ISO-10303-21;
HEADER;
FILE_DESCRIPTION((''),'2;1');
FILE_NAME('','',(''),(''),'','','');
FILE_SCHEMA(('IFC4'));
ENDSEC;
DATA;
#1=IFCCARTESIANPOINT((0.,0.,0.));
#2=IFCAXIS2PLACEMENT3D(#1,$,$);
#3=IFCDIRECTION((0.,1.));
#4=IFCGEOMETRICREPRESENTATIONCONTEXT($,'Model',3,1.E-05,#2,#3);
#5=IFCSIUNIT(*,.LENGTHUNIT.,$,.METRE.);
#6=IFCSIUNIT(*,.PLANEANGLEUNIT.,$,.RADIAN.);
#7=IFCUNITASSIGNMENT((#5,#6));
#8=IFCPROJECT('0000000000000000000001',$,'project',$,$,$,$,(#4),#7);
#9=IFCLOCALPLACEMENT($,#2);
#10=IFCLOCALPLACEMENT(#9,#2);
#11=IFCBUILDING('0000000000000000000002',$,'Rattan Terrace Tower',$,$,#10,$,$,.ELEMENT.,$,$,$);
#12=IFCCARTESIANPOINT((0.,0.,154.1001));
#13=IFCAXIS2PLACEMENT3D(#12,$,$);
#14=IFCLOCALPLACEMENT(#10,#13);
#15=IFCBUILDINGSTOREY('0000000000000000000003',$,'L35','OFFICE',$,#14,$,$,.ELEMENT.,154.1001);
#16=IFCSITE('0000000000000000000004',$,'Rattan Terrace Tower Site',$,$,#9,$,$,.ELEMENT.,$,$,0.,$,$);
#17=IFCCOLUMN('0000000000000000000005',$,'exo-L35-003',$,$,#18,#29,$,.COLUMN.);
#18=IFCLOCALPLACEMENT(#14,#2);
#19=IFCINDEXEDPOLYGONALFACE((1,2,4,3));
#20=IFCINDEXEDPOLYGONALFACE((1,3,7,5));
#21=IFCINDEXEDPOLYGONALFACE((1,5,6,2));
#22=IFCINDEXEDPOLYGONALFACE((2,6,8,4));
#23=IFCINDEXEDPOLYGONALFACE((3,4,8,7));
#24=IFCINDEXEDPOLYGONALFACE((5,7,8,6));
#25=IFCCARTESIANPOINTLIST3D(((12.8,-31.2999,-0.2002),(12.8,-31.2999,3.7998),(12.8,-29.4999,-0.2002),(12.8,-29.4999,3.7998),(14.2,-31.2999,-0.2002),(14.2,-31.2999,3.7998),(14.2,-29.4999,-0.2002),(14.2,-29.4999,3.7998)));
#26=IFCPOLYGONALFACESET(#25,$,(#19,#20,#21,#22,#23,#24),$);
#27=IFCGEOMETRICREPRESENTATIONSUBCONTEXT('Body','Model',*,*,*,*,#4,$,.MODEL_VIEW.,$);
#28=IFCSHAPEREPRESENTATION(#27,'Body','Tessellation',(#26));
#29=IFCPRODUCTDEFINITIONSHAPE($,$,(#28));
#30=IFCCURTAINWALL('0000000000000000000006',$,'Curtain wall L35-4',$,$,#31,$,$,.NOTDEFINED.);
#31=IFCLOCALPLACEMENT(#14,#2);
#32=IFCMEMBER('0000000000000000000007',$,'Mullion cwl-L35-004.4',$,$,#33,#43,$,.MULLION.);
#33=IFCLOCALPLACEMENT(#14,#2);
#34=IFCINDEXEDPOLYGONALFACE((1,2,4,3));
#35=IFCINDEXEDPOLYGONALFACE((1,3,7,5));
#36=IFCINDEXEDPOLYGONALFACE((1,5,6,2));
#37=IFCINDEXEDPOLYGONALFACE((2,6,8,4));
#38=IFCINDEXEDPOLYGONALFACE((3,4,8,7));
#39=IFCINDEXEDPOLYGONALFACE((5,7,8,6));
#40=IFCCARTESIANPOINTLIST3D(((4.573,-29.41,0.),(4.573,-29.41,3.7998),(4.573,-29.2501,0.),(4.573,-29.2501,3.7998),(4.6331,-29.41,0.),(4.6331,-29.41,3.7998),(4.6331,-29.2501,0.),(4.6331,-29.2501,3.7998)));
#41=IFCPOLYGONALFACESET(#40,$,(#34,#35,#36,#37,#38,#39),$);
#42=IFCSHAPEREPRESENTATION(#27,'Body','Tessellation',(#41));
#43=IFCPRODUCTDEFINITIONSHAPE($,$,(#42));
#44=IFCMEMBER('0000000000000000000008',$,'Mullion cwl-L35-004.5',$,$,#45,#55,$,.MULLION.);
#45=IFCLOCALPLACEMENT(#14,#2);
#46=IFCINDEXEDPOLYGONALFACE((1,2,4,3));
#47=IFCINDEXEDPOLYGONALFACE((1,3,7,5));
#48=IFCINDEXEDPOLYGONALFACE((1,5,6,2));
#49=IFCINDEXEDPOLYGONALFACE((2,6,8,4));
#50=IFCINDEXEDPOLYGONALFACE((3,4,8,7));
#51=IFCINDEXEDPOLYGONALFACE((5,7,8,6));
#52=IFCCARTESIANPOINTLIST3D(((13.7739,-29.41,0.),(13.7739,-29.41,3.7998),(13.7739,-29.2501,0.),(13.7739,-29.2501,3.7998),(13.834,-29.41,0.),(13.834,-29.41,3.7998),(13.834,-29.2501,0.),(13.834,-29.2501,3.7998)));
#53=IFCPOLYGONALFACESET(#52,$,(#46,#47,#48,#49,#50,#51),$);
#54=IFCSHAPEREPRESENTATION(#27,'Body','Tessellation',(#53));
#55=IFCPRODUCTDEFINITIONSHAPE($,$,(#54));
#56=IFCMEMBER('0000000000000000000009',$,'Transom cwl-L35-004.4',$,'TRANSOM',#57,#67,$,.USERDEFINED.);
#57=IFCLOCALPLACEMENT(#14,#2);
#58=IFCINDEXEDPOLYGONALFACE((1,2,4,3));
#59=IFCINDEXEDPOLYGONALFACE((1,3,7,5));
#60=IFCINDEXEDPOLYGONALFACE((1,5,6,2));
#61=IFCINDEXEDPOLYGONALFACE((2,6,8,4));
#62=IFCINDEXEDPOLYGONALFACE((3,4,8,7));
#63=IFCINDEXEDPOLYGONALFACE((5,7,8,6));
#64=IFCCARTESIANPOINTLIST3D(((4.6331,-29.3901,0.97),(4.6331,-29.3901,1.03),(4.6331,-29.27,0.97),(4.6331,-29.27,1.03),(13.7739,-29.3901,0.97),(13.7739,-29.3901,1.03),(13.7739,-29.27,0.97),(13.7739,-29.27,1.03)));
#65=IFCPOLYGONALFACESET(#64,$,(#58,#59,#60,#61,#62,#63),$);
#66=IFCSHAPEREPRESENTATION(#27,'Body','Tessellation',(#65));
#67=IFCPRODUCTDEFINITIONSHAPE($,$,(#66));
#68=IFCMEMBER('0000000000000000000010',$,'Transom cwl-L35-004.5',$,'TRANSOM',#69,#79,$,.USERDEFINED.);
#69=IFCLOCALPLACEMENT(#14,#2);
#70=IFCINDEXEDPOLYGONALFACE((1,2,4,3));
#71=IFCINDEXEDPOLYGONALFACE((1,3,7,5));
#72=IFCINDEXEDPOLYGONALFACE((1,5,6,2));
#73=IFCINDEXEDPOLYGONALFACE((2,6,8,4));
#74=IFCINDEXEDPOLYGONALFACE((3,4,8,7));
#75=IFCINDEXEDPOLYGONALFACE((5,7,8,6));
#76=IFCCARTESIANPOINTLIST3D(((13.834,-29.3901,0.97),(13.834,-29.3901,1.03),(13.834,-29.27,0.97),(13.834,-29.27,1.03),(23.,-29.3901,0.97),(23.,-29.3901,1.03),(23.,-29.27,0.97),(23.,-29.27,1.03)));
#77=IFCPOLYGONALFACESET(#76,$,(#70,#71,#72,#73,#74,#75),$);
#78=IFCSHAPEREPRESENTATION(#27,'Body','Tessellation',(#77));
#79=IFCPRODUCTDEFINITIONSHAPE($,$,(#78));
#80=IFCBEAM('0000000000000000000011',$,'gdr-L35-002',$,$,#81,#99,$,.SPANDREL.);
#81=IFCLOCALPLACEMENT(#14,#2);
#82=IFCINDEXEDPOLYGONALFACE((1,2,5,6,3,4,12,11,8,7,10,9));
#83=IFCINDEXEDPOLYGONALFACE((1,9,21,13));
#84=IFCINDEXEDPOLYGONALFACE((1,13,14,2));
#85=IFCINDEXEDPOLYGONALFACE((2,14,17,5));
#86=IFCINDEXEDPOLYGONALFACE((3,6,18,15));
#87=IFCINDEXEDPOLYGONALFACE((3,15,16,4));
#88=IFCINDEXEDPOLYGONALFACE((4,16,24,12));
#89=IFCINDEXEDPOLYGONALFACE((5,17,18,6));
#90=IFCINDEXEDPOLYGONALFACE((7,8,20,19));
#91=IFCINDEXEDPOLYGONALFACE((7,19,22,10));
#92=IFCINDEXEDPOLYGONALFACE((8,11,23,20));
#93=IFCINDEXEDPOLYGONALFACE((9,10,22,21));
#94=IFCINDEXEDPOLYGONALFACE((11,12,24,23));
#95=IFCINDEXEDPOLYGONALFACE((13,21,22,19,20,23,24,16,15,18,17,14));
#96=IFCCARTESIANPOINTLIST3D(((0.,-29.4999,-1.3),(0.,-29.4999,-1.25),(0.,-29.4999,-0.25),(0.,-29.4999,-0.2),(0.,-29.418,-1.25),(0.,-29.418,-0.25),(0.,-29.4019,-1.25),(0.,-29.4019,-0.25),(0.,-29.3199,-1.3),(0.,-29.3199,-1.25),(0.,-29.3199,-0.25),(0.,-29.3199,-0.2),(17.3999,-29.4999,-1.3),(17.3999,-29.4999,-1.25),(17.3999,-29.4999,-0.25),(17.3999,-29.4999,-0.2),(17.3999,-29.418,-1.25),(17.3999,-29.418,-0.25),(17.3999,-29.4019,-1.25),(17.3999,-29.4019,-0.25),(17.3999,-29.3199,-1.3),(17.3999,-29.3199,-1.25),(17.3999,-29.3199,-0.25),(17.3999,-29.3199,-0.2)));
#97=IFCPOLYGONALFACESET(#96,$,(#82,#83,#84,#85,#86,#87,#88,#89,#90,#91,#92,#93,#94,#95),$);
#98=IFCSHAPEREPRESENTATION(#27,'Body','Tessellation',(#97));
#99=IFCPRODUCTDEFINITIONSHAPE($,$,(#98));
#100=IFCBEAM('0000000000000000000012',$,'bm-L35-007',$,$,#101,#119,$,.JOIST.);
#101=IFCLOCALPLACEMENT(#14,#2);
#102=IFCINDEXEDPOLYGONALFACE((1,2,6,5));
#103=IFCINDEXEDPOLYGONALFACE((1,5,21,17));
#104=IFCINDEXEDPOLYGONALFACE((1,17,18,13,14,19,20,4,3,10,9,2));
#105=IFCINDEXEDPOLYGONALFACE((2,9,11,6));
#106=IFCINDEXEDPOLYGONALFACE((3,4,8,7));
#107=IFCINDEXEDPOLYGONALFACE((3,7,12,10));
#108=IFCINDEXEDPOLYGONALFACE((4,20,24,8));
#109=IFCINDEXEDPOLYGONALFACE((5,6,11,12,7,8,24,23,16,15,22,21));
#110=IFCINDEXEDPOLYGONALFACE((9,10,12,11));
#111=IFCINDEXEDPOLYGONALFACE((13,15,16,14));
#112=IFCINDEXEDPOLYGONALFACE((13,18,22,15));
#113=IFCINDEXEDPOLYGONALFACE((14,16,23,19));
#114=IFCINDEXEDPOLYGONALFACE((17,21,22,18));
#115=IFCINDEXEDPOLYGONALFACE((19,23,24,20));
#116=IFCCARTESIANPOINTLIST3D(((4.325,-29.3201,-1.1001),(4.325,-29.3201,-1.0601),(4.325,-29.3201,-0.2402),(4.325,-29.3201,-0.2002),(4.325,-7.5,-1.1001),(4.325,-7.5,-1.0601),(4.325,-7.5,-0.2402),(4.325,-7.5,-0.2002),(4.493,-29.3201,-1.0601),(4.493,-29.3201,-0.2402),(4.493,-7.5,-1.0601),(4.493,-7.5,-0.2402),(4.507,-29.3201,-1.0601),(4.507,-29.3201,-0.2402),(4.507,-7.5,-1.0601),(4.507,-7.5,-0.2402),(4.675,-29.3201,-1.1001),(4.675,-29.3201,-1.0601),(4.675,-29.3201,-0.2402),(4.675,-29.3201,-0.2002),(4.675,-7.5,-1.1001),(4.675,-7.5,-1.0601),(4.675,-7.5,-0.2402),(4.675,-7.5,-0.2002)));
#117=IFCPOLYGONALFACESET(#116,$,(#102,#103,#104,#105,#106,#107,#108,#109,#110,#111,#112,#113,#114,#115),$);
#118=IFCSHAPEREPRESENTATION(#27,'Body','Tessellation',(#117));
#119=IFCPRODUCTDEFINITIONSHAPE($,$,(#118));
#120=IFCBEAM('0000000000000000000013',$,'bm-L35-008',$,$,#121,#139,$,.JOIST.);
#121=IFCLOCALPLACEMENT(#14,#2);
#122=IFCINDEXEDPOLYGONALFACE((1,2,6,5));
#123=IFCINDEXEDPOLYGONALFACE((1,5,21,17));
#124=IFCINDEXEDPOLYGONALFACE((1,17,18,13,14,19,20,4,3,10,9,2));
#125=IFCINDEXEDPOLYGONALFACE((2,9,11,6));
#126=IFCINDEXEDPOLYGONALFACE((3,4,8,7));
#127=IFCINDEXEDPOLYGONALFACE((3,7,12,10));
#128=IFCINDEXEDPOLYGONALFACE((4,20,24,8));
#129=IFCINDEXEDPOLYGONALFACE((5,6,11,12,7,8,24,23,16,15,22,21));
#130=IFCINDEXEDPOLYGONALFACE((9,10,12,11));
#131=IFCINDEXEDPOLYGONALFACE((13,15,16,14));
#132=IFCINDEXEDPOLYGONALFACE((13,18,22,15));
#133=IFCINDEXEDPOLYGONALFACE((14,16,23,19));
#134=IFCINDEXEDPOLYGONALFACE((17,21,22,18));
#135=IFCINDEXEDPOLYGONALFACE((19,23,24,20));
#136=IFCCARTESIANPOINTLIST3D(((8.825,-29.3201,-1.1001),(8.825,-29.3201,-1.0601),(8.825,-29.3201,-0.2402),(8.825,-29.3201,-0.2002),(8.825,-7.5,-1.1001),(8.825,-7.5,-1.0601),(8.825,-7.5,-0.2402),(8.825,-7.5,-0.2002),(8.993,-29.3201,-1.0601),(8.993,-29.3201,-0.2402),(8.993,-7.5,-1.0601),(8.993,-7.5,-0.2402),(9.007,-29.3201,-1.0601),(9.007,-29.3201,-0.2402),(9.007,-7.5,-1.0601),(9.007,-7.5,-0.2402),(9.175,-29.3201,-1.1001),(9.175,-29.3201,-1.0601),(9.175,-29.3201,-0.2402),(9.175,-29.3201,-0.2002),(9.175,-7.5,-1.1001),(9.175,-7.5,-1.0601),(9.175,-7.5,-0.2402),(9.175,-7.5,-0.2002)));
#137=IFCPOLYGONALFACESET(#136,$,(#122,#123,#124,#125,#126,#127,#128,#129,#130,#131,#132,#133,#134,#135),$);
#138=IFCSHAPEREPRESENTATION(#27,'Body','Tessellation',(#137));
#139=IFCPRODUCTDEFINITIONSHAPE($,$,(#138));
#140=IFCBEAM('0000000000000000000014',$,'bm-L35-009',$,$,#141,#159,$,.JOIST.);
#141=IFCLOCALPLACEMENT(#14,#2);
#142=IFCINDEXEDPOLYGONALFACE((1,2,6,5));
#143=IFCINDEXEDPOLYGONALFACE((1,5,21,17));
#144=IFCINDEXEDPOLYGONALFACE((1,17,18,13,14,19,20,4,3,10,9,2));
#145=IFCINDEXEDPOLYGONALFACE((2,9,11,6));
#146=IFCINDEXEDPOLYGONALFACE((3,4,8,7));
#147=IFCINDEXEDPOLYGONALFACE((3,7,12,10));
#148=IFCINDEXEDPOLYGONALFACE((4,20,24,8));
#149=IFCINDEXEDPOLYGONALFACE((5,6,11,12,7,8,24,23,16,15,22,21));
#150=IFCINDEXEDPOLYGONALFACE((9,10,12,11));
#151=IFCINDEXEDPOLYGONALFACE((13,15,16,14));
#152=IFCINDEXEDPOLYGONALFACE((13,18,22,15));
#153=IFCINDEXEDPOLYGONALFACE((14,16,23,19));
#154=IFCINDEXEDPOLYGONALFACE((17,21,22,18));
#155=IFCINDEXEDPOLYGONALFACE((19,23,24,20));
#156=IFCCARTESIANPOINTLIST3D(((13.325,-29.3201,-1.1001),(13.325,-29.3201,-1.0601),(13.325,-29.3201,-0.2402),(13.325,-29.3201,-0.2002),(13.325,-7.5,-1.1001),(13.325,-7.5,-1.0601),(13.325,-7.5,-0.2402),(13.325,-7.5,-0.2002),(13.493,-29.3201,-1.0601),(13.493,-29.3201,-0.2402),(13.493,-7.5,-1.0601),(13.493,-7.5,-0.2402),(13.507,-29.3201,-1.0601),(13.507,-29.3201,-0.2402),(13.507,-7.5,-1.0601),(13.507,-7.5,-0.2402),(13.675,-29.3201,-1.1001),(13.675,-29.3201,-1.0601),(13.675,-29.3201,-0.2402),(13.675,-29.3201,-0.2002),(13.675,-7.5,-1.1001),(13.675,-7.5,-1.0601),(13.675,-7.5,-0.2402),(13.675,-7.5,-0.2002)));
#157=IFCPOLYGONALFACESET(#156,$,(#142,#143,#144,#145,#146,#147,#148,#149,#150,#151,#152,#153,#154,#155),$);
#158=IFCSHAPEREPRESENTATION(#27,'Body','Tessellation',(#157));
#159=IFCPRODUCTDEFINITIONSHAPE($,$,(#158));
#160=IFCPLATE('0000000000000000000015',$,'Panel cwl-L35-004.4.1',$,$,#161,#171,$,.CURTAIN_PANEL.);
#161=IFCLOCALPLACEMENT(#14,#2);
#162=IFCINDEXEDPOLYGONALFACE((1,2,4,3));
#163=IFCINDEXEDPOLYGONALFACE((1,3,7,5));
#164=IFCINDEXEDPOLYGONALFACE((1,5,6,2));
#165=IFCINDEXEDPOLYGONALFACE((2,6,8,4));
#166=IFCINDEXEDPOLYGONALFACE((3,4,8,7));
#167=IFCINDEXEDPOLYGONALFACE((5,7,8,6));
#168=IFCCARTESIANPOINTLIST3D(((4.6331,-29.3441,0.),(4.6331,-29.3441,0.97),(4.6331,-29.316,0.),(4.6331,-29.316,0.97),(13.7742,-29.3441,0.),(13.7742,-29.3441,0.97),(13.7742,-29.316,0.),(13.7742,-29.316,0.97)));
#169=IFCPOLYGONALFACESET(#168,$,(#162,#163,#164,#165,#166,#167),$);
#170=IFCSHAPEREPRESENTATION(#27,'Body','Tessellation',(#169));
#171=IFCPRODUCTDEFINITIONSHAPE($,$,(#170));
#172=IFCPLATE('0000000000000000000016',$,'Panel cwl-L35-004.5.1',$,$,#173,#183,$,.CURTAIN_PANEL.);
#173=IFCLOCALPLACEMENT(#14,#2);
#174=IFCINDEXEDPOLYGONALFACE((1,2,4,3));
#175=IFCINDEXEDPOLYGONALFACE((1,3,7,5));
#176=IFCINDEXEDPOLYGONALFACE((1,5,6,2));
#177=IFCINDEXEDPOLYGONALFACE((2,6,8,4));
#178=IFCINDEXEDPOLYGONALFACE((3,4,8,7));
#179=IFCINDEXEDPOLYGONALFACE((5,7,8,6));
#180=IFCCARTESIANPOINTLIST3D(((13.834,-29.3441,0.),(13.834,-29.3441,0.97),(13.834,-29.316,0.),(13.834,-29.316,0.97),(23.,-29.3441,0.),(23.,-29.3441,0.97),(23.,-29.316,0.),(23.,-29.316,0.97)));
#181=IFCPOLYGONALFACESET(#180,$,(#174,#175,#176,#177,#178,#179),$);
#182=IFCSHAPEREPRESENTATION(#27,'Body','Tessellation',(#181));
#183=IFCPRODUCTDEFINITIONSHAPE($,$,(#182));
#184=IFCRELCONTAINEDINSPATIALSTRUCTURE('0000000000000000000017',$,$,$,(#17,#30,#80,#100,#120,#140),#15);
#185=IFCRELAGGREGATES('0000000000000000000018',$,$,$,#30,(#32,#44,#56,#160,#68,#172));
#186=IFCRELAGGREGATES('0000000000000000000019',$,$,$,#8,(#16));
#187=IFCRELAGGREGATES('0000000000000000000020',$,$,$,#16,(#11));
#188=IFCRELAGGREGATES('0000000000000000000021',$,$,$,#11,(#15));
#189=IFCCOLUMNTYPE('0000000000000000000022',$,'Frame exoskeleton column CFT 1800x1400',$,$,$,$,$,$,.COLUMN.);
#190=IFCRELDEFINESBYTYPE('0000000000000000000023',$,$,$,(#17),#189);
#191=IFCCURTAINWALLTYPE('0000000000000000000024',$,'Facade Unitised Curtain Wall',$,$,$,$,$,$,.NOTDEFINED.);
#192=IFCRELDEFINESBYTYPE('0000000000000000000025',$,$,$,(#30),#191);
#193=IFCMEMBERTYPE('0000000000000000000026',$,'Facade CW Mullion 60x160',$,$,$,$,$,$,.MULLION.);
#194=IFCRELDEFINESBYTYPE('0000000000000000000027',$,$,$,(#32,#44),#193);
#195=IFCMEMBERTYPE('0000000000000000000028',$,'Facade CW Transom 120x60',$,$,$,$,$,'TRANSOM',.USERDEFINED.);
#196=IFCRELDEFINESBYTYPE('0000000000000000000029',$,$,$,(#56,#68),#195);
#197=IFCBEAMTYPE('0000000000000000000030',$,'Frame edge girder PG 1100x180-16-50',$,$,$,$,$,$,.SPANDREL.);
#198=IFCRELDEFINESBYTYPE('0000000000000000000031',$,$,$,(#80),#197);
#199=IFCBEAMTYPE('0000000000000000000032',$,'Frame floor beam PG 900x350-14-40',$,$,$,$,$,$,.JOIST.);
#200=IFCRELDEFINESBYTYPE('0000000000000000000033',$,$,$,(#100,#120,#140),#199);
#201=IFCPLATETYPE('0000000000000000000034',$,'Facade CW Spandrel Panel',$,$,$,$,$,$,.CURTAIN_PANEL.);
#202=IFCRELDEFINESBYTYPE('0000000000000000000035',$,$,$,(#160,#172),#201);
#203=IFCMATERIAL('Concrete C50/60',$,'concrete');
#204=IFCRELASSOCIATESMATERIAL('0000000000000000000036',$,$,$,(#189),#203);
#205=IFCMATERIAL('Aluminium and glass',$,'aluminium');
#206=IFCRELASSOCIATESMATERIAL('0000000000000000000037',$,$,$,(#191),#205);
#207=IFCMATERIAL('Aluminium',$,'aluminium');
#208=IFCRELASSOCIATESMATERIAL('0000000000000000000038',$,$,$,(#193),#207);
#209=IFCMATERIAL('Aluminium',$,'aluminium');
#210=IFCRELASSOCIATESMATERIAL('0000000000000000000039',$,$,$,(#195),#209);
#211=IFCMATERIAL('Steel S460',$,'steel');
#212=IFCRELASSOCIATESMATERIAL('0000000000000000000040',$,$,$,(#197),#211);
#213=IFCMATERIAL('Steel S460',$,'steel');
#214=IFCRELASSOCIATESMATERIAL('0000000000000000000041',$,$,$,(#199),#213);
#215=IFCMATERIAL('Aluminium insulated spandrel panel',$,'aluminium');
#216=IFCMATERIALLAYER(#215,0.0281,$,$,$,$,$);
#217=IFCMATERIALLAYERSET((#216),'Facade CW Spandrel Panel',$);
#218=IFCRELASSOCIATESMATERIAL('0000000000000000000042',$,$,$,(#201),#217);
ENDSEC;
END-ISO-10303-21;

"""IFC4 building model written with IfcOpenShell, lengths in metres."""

from ifc_helpers import new_model, si_unit, direction, frame, origin, origin_2d, place, context, subcontext, project, spatial, rectangle, i_section, extrude, material, layer, layer_set, material_profile, profile_set, type_object, element, aggregate, save


model = new_model("IFC4")

# Units and contexts
model_context = context("Model", 3, precision=1e-05, world=origin(), true_north=direction((0.0, 1.0)))
body_context = subcontext(model_context, "Body", "Model", "MODEL_VIEW")
ifc_project = project(units=[si_unit("LENGTHUNIT", "METRE"), si_unit("PLANEANGLEUNIT", "RADIAN")], contexts=[model_context])

# Site, building, storey
site_placement = place(None, origin())
site = spatial("IfcSite", under=ifc_project, at=site_placement, Name="Rattan Terrace Tower Site", CompositionType="ELEMENT", RefElevation=0.0)
building_placement = place(site_placement, origin())
building = spatial("IfcBuilding", under=site, at=building_placement, Name="Rattan Terrace Tower", CompositionType="ELEMENT")
storey_placement = place(building_placement, frame((0.0, 0.0, 154.1001)))
storey = spatial("IfcBuildingStorey", under=building, at=storey_placement, Name="L35", Description="OFFICE", CompositionType="ELEMENT", Elevation=154.1001)

# Column
ifc_material_1 = material(Name="Concrete C50/60", Category="concrete")
ifc_material_profile_1 = material_profile(ifc_material_1, rectangle(XDim=1.3999, YDim=1.8, at=origin_2d()), Name="CFT 1800x1400")
ifc_profile_set_1 = profile_set([ifc_material_profile_1], Name="Concrete C50/60")
column_type = type_object("IfcColumnType", Name="Frame exoskeleton column CFT 1800x1400", PredefinedType="COLUMN", material=ifc_profile_set_1)
column_placement = place(storey_placement, frame((13.5, -30.3999, -0.2002), z_axis=(0.0, 0.0, 1.0), x_axis=(1.0, 0.0, 0.0)))
element("IfcColumn", 1, at=column_placement, inside=storey, type_object=column_type, Name="exo-L35-003", PredefinedType="COLUMN", context=body_context, shape_type="SweptSolid", body=[
    extrude(rectangle(XDim=1.3999, YDim=1.8, at=origin_2d()), origin(), (0.0, 0.0, 1.0), 4.0),
])

# Curtain wall, members
ifc_material_2 = material(Name="Aluminium and glass", Category="aluminium")
curtain_wall_type = type_object("IfcCurtainWallType", Name="Facade Unitised Curtain Wall", PredefinedType="NOTDEFINED", material=ifc_material_2)
curtain_wall_placement = place(storey_placement, origin())
curtain_wall = element("IfcCurtainWall", 2, at=curtain_wall_placement, inside=storey, type_object=curtain_wall_type, Name="Curtain wall L35-4", PredefinedType="NOTDEFINED")
ifc_material_3 = material(Name="Aluminium", Category="aluminium")
ifc_material_profile_2 = material_profile(ifc_material_3, rectangle(XDim=0.0601, YDim=0.1599, at=origin_2d()), Name="Aluminium 60x160")
ifc_profile_set_2 = profile_set([ifc_material_profile_2], Name="Aluminium")
member_type_1 = type_object("IfcMemberType", Name="Facade CW Mullion 60x160", PredefinedType="MULLION", material=ifc_profile_set_2)
member_1_placement = place(storey_placement, frame((4.603, -29.3301, 0.0), z_axis=(0.0, 0.0, 1.0), x_axis=(1.0, 0.0, 0.0)))
member_1 = element("IfcMember", 3, at=member_1_placement, type_object=member_type_1, Name="Mullion cwl-L35-004.4", PredefinedType="MULLION", context=body_context, shape_type="SweptSolid", body=[
    extrude(rectangle(XDim=0.0601, YDim=0.1599, at=origin_2d()), origin(), (0.0, 0.0, 1.0), 3.7998),
])
member_2_placement = place(storey_placement, frame((13.804, -29.3301, 0.0), z_axis=(0.0, 0.0, 1.0), x_axis=(1.0, 0.0, 0.0)))
member_2 = element("IfcMember", 4, at=member_2_placement, type_object=member_type_1, Name="Mullion cwl-L35-004.5", PredefinedType="MULLION", context=body_context, shape_type="SweptSolid", body=[
    extrude(rectangle(XDim=0.0601, YDim=0.1599, at=origin_2d()), origin(), (0.0, 0.0, 1.0), 3.7998),
])
ifc_material_4 = material(Name="Aluminium", Category="aluminium")
ifc_material_profile_3 = material_profile(ifc_material_4, rectangle(XDim=0.1201, YDim=0.0601, at=origin_2d()), Name="Aluminium 120x60")
ifc_profile_set_3 = profile_set([ifc_material_profile_3], Name="Aluminium")
member_type_2 = type_object("IfcMemberType", Name="Facade CW Transom 120x60", ElementType="TRANSOM", PredefinedType="USERDEFINED", material=ifc_profile_set_3)
member_3_placement = place(storey_placement, frame((4.6331, -29.3301, 1.0), z_axis=(1.0, 0.0, 0.0), x_axis=(0.0, 1.0, 0.0)))
member_3 = element("IfcMember", 5, at=member_3_placement, type_object=member_type_2, Name="Transom cwl-L35-004.4", ObjectType="TRANSOM", PredefinedType="USERDEFINED", context=body_context, shape_type="SweptSolid", body=[
    extrude(rectangle(XDim=0.1201, YDim=0.0601, at=origin_2d()), origin(), (0.0, 0.0, 1.0), 9.1409),
])
member_4_placement = place(storey_placement, frame((13.834, -29.3301, 1.0), z_axis=(1.0, 0.0, 0.0), x_axis=(0.0, 1.0, 0.0)))
member_4 = element("IfcMember", 6, at=member_4_placement, type_object=member_type_2, Name="Transom cwl-L35-004.5", ObjectType="TRANSOM", PredefinedType="USERDEFINED", context=body_context, shape_type="SweptSolid", body=[
    extrude(rectangle(XDim=0.1201, YDim=0.0601, at=origin_2d()), origin(), (0.0, 0.0, 1.0), 9.166),
])

# Beams
ifc_material_5 = material(Name="Steel S460", Category="steel")
ifc_material_profile_4 = material_profile(ifc_material_5, i_section(OverallWidth=0.1799, OverallDepth=1.1001, WebThickness=0.0161, FlangeThickness=0.05, at=origin_2d()), Name="PG 1100x180-16-50")
ifc_profile_set_4 = profile_set([ifc_material_profile_4], Name="Steel S460")
beam_type_1 = type_object("IfcBeamType", Name="Frame edge girder PG 1100x180-16-50", PredefinedType="SPANDREL", material=ifc_profile_set_4)
beam_placement = place(storey_placement, frame((17.3999, -29.4099, -0.75), z_axis=(-1.0, 0.0, 0.0), x_axis=(0.0, -1.0, 0.0)))
element("IfcBeam", 7, at=beam_placement, inside=storey, type_object=beam_type_1, Name="gdr-L35-002", PredefinedType="SPANDREL", context=body_context, shape_type="SweptSolid", body=[
    extrude(i_section(OverallWidth=0.1799, OverallDepth=1.1001, WebThickness=0.0161, FlangeThickness=0.05, at=origin_2d()), origin(), (0.0, 0.0, 1.0), 17.3999),
])
ifc_material_6 = material(Name="Steel S460", Category="steel")
ifc_material_profile_5 = material_profile(ifc_material_6, i_section(OverallWidth=0.3501, OverallDepth=0.8999, WebThickness=0.0139, FlangeThickness=0.04, at=origin_2d()), Name="PG 900x350-14-40")
ifc_profile_set_5 = profile_set([ifc_material_profile_5], Name="Steel S460")
beam_type_2 = type_object("IfcBeamType", Name="Frame floor beam PG 900x350-14-40", PredefinedType="JOIST", material=ifc_profile_set_5)
for number, where, z_axis, x_axis, name in (
    (8, (4.5, -29.3201, -0.6501), (0.0, 1.0, 0.0), (-1.0, 0.0, 0.0), "bm-L35-007"),
    (9, (9.0, -29.3201, -0.6501), (0.0, 1.0, 0.0), (-1.0, 0.0, 0.0), "bm-L35-008"),
    (10, (13.5, -29.3201, -0.6501), (0.0, 1.0, 0.0), (-1.0, 0.0, 0.0), "bm-L35-009"),
):
    element("IfcBeam", number, at=place(storey_placement, frame(where, z_axis=z_axis, x_axis=x_axis)), inside=storey, type_object=beam_type_2, Name=name, PredefinedType="JOIST", context=body_context, shape_type="SweptSolid", body=[
        extrude(i_section(OverallWidth=0.3501, OverallDepth=0.8999, WebThickness=0.0139, FlangeThickness=0.04, at=origin_2d()), origin(), (0.0, 0.0, 1.0), 21.8201),
    ])

# Plates
ifc_material_7 = material(Name="Aluminium insulated spandrel panel", Category="aluminium")
ifc_layer_1 = layer(ifc_material_7, 0.0281)
ifc_layer_set_1 = layer_set([ifc_layer_1], Name="Facade CW Spandrel Panel")
plate_type_1 = type_object("IfcPlateType", Name="Facade CW Spandrel Panel", PredefinedType="CURTAIN_PANEL", material=ifc_layer_set_1)
plate_1_placement = place(storey_placement, frame((9.2036, -29.3301, 0.0), z_axis=(0.0, 0.0, 1.0), x_axis=(1.0, 0.0, 0.0)))
plate_1 = element("IfcPlate", 11, at=plate_1_placement, type_object=plate_type_1, Name="Panel cwl-L35-004.4.1", PredefinedType="CURTAIN_PANEL", context=body_context, shape_type="SweptSolid", body=[
    extrude(rectangle(XDim=9.1411, YDim=0.0281, at=origin_2d()), origin(), (0.0, 0.0, 1.0), 0.97),
])
plate_2_placement = place(storey_placement, frame((18.417, -29.3301, 0.0), z_axis=(0.0, 0.0, 1.0), x_axis=(1.0, 0.0, 0.0)))
plate_2 = element("IfcPlate", 12, at=plate_2_placement, type_object=plate_type_1, Name="Panel cwl-L35-004.5.1", PredefinedType="CURTAIN_PANEL", context=body_context, shape_type="SweptSolid", body=[
    extrude(rectangle(XDim=9.166, YDim=0.0281, at=origin_2d()), origin(), (0.0, 0.0, 1.0), 0.97),
])
aggregate(curtain_wall, [member_1, member_2, member_3, plate_1, member_4, plate_2])

save(model, "model.ifc")
